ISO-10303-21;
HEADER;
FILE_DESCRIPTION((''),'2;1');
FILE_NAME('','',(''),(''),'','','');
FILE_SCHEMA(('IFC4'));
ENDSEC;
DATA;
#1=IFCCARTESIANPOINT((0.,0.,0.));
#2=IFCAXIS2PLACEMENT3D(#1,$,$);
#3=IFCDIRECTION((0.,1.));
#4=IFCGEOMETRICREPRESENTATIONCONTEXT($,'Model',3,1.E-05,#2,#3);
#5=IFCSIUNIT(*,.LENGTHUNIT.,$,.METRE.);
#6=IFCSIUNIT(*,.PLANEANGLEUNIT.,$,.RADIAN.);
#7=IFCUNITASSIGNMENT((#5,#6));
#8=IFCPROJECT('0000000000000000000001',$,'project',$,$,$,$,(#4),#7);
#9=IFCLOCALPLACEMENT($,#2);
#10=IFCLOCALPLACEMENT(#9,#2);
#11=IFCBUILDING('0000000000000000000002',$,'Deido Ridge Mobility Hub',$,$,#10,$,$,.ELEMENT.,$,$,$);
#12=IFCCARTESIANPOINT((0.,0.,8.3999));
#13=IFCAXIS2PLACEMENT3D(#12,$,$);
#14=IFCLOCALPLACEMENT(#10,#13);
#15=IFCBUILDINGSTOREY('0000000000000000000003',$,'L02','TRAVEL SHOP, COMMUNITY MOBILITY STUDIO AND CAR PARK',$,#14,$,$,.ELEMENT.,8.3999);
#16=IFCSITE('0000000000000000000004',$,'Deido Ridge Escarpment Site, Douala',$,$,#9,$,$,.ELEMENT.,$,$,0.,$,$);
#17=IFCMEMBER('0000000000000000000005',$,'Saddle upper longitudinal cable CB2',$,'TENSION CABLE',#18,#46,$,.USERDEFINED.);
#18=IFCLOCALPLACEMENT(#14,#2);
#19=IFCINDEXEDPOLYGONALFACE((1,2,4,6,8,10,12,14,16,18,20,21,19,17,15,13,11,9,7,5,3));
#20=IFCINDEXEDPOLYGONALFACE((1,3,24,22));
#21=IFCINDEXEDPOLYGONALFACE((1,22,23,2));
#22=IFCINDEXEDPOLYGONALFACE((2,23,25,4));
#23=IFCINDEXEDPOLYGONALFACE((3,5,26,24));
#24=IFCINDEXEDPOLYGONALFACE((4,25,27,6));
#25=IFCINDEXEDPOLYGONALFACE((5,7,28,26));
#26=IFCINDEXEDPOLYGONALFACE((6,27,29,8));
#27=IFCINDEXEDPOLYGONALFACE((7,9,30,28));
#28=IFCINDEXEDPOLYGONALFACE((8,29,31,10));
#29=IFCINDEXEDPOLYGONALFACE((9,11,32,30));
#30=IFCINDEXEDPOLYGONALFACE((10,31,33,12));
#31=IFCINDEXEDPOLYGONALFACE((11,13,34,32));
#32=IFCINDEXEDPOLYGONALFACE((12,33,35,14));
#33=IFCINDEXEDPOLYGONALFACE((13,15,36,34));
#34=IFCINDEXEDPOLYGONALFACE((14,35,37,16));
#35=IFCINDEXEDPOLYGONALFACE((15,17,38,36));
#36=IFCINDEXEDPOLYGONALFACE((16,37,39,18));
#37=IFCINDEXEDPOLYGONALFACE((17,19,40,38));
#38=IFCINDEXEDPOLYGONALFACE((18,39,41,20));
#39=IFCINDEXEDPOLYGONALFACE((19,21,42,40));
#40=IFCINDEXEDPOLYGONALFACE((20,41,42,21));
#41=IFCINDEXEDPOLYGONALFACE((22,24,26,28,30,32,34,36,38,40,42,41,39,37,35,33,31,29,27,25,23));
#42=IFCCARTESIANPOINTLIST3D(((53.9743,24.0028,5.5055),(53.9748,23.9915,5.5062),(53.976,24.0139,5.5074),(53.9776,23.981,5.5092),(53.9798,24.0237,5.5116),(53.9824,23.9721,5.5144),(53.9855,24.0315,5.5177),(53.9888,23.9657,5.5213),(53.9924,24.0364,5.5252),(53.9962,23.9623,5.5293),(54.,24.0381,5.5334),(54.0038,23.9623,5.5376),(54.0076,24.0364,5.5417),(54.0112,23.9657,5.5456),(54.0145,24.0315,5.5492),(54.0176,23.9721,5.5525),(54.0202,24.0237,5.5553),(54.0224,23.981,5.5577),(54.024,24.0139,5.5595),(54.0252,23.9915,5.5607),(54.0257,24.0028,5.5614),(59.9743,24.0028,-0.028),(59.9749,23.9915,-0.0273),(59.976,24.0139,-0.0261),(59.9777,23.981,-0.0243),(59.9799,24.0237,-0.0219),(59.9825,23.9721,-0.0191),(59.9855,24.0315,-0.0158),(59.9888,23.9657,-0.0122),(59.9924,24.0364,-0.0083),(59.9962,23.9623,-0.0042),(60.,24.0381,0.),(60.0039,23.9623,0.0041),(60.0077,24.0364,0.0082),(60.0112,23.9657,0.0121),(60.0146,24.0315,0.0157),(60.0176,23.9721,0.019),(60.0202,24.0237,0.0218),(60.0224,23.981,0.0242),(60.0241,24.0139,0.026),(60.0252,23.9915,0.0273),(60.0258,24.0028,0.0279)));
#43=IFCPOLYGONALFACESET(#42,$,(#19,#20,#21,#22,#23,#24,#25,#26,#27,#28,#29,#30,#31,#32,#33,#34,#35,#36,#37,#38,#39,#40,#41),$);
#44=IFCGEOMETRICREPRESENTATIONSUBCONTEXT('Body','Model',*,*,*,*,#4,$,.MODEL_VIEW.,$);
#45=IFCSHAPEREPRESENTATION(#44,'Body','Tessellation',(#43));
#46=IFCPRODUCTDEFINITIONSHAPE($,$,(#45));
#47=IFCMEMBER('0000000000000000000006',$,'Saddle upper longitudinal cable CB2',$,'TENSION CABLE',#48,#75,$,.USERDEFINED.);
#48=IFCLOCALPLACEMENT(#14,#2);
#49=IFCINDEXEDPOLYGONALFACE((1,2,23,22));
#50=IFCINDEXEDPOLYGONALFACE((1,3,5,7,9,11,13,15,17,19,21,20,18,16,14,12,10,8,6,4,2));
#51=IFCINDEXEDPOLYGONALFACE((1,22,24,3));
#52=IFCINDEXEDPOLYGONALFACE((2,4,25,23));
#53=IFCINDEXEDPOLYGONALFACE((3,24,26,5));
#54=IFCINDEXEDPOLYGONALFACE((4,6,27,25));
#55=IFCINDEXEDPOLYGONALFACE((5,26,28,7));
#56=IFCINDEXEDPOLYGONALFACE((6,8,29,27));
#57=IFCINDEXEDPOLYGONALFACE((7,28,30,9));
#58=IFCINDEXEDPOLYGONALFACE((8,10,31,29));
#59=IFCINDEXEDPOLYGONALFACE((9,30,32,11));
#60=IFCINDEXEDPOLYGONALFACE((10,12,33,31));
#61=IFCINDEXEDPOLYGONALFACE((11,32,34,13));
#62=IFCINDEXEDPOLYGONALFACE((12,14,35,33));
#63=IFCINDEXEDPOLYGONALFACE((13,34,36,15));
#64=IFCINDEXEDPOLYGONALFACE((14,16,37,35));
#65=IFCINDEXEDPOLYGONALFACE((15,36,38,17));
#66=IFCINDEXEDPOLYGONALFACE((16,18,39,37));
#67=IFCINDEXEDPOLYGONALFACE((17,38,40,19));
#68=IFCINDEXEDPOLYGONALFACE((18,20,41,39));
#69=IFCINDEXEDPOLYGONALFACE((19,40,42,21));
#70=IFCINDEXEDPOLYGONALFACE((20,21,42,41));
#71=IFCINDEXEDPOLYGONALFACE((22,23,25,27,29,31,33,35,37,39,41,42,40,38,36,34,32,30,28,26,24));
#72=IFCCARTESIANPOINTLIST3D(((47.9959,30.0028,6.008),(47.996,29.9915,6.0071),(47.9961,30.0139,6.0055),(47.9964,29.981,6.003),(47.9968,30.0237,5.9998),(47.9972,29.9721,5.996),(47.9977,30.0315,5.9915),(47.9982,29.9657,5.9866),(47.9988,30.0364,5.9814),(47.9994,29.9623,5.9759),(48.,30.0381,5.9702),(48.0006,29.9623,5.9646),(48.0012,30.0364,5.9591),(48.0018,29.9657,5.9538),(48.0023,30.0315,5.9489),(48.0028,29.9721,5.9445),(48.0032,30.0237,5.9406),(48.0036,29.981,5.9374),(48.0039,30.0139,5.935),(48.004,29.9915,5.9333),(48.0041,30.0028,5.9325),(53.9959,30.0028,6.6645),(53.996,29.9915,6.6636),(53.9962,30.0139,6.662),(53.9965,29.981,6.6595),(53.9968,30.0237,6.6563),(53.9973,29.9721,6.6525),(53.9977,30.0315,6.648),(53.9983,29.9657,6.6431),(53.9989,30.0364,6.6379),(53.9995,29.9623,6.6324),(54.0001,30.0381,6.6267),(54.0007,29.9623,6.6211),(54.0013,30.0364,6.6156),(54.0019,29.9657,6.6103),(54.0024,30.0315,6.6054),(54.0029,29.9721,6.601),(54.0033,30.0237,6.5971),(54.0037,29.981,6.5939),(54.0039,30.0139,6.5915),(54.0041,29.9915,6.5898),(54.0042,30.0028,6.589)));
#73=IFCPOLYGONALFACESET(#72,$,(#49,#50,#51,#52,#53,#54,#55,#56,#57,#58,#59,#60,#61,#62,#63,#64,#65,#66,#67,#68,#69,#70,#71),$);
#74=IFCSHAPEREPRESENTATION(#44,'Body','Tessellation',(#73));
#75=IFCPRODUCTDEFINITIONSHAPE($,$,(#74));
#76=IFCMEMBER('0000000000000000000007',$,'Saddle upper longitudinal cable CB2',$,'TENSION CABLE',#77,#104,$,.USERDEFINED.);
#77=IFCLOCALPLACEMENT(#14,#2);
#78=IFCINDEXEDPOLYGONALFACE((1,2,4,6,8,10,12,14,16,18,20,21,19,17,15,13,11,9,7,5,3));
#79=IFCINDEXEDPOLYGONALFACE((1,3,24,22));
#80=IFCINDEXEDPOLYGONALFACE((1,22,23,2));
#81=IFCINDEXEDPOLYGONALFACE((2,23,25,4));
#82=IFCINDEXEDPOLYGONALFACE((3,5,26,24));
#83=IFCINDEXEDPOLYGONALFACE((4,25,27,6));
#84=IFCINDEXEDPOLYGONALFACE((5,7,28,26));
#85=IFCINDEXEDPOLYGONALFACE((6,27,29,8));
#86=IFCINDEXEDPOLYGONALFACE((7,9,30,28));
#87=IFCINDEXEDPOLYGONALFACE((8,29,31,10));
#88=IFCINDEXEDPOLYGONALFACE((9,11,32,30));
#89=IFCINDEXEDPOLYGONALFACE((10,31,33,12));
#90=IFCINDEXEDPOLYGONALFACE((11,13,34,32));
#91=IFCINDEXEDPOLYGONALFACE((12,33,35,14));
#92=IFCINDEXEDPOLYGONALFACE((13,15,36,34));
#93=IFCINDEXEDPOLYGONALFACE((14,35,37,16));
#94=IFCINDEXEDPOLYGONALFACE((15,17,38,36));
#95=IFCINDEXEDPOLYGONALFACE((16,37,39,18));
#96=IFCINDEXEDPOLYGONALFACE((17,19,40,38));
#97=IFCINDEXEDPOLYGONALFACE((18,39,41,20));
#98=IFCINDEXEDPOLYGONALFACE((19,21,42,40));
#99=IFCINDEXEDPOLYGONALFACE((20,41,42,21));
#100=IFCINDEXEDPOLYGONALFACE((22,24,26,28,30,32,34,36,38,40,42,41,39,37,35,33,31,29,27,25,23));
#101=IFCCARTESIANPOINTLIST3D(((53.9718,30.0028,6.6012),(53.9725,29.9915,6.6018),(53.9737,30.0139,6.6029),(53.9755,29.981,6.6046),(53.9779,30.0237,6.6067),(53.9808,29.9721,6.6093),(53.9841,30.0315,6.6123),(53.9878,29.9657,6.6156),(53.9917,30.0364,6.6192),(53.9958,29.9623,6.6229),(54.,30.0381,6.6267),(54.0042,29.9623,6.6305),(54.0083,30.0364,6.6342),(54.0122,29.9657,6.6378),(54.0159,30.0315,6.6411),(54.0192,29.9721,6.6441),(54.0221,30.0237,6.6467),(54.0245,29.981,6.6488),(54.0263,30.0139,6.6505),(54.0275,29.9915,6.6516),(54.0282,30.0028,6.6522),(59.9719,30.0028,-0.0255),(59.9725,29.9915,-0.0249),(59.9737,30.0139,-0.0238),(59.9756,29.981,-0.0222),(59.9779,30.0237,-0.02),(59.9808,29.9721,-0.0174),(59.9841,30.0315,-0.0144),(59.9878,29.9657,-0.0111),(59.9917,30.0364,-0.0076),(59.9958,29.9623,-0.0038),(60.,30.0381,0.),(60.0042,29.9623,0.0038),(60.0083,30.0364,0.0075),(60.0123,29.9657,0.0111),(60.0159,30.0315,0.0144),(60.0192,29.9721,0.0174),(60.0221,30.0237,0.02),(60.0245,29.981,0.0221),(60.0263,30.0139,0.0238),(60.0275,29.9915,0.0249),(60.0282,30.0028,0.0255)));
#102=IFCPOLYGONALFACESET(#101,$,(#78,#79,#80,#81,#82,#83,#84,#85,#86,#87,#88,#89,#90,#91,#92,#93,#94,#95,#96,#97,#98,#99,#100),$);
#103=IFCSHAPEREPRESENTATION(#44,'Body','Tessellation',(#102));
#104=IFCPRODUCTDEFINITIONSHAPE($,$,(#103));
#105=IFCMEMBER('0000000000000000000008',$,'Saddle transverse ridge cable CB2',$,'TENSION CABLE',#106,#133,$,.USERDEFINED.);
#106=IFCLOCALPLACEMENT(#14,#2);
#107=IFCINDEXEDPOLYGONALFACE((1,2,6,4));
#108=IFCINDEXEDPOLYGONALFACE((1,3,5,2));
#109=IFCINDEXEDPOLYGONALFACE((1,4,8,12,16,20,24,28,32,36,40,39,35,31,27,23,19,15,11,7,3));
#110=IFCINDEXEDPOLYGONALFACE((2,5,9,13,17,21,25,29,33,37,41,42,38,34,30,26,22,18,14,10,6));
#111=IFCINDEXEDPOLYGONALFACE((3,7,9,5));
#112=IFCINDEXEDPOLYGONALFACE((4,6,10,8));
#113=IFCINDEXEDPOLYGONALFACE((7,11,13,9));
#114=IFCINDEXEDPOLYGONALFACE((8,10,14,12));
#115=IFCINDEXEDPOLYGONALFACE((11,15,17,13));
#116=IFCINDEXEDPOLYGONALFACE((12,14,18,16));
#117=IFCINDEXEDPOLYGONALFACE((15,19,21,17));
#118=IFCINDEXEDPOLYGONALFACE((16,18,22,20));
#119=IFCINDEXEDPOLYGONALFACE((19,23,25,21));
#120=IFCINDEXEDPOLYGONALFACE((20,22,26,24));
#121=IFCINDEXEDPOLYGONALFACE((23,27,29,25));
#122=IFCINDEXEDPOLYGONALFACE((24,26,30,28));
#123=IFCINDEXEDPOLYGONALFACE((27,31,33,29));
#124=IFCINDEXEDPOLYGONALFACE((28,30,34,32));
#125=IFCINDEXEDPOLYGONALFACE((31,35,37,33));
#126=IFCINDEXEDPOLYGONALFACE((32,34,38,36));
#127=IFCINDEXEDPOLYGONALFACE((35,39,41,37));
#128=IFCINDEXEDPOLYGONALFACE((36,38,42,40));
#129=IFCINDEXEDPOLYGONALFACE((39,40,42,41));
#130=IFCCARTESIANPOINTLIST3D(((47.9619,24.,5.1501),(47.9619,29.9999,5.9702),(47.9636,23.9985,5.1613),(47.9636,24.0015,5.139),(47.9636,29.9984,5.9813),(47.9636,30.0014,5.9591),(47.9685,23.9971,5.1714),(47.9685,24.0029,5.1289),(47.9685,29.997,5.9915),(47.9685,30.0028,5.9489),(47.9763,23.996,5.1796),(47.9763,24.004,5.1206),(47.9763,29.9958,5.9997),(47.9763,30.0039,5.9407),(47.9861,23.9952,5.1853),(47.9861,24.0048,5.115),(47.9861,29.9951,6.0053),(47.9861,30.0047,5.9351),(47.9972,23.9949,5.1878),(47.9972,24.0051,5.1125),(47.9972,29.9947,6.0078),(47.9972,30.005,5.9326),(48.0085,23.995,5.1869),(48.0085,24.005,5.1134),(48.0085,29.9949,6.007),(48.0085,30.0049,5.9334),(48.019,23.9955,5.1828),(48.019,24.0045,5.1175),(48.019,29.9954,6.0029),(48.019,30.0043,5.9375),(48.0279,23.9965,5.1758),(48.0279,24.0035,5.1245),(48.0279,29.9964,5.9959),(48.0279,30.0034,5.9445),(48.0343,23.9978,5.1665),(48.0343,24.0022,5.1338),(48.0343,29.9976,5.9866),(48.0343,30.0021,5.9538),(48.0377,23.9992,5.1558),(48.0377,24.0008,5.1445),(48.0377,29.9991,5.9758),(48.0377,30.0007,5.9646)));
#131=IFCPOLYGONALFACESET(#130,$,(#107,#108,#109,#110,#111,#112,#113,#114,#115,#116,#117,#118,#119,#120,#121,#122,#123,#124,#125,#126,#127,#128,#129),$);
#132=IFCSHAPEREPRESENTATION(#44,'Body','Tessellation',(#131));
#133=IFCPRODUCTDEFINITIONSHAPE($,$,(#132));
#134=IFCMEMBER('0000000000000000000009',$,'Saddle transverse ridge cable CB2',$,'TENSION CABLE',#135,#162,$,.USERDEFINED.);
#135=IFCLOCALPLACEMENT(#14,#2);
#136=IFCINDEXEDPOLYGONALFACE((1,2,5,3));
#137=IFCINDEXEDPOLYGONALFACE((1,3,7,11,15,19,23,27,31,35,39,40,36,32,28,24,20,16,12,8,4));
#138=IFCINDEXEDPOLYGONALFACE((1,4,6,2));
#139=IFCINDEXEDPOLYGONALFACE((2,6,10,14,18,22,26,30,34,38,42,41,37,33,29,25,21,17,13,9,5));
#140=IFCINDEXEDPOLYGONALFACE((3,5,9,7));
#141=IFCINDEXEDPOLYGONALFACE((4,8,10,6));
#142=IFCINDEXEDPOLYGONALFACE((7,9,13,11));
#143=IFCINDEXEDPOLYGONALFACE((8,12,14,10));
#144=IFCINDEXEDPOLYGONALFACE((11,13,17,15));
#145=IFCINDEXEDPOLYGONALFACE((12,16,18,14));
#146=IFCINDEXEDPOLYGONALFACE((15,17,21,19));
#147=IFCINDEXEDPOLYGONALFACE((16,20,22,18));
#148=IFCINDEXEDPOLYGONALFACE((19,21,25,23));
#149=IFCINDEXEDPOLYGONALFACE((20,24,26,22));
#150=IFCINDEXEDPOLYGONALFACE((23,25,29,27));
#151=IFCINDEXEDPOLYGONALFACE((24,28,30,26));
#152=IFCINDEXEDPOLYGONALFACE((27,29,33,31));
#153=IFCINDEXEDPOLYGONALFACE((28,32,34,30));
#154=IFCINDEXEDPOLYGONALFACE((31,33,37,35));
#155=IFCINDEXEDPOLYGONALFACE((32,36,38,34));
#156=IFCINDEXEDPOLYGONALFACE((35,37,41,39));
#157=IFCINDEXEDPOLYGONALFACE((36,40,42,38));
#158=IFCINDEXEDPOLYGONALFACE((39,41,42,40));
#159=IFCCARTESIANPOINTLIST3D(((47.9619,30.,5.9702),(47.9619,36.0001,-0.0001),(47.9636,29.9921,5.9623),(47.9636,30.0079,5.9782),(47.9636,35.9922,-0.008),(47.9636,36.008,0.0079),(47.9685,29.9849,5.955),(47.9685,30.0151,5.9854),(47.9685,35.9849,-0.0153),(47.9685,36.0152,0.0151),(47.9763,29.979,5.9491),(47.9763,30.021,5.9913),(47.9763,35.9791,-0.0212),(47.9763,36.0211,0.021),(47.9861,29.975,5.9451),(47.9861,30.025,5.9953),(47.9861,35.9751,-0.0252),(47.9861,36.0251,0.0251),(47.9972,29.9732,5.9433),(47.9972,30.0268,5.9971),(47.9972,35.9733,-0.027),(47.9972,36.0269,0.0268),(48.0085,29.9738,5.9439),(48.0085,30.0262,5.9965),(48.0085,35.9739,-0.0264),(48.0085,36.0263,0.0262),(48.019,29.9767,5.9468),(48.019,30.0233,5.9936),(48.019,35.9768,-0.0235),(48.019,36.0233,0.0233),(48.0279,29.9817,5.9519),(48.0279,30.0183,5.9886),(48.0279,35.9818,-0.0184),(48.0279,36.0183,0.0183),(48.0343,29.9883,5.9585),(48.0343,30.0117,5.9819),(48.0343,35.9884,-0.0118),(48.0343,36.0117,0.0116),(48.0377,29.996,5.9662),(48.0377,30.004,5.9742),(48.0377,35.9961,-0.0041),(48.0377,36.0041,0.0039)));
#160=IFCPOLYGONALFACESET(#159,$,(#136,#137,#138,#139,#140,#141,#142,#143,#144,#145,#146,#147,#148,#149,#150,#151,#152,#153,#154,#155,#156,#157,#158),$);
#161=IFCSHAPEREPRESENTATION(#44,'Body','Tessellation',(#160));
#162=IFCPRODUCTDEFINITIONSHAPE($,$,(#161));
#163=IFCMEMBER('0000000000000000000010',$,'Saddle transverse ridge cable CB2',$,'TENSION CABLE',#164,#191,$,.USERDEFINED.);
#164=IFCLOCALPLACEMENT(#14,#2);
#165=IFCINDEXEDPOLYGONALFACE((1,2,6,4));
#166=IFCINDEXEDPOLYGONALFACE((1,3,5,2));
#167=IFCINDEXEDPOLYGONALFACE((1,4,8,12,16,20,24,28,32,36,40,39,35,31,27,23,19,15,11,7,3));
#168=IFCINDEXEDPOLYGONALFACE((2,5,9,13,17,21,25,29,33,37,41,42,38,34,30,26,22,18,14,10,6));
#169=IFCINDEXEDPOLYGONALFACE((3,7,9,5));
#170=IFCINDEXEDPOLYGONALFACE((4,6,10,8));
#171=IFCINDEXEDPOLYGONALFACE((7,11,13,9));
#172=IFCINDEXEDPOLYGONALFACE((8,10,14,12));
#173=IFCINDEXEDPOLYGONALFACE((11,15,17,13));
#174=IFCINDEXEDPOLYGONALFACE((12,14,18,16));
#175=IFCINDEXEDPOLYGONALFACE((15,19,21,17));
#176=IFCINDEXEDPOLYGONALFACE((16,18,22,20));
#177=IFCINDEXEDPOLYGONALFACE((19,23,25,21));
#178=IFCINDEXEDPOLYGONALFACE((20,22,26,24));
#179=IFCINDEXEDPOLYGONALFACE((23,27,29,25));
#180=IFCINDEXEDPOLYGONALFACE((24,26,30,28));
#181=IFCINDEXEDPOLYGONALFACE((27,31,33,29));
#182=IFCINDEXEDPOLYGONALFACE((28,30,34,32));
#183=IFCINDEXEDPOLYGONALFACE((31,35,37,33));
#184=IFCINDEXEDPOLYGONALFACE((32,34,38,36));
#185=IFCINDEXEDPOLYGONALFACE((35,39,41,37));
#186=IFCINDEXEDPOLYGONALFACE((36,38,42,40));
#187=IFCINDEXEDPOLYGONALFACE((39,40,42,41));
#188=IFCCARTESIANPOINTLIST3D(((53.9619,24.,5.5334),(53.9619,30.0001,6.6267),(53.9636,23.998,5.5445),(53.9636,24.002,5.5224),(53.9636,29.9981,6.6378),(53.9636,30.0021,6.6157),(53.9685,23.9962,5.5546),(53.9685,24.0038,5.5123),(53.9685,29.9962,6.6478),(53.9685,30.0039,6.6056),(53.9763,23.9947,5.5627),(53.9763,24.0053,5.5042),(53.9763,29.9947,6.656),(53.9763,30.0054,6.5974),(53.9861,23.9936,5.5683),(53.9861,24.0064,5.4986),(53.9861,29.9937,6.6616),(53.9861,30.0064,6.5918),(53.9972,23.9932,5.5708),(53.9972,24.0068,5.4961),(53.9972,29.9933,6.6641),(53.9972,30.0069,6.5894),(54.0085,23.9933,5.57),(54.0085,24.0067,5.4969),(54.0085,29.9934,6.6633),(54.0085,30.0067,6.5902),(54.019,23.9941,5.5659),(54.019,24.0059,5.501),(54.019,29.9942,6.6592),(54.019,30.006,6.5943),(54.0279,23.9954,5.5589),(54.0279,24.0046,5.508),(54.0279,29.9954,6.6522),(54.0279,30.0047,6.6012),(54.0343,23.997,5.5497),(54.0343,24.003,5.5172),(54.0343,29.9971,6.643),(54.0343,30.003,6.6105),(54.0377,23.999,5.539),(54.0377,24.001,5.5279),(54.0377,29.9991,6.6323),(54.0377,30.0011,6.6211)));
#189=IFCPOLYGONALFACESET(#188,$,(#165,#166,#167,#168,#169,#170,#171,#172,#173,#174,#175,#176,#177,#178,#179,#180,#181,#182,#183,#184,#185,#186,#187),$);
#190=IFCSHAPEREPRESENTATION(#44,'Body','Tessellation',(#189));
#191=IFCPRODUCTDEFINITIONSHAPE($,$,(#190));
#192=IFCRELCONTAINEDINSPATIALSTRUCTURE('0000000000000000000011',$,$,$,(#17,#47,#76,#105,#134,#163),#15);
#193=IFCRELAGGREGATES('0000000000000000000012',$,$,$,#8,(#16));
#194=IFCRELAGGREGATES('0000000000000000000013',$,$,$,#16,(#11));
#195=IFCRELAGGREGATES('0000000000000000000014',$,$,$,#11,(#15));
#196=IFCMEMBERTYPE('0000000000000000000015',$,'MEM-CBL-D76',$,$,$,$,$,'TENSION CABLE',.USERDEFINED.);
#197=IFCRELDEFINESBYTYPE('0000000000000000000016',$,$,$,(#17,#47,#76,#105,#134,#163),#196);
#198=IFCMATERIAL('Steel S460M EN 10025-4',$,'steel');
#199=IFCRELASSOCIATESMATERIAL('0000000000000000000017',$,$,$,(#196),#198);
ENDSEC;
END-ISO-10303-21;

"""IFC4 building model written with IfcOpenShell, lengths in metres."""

from ifc_helpers import new_model, si_unit, direction, frame, origin, origin_2d, place, context, subcontext, project, spatial, circle, extrude, material, material_profile, profile_set, type_object, element, save


model = new_model("IFC4")

# Units and contexts
model_context = context("Model", 3, precision=1e-05, world=origin(), true_north=direction((0.0, 1.0)))
body_context = subcontext(model_context, "Body", "Model", "MODEL_VIEW")
ifc_project = project(units=[si_unit("LENGTHUNIT", "METRE"), si_unit("PLANEANGLEUNIT", "RADIAN")], contexts=[model_context])

# Site, building, storey
site_placement = place(None, origin())
site = spatial("IfcSite", under=ifc_project, at=site_placement, Name="Deido Ridge Escarpment Site, Douala", CompositionType="ELEMENT", RefElevation=0.0)
building_placement = place(site_placement, origin())
building = spatial("IfcBuilding", under=site, at=building_placement, Name="Deido Ridge Mobility Hub", CompositionType="ELEMENT")
storey_placement = place(building_placement, frame((0.0, 0.0, 8.3999)))
storey = spatial("IfcBuildingStorey", under=building, at=storey_placement, Name="L02", Description="TRAVEL SHOP, COMMUNITY MOBILITY STUDIO AND CAR PARK", CompositionType="ELEMENT", Elevation=8.3999)

# Members
ifc_material_1 = material(Name="Steel S460M EN 10025-4", Category="steel")
ifc_material_profile_1 = material_profile(ifc_material_1, circle(Radius=0.0381, at=origin_2d()), Name="CABLE D76")
ifc_profile_set_1 = profile_set([ifc_material_profile_1], Name="Steel S460M EN 10025-4")
member_type_1 = type_object("IfcMemberType", Name="MEM-CBL-D76", ElementType="TENSION CABLE", PredefinedType="USERDEFINED", material=ifc_profile_set_1)
member_1_placement = place(storey_placement, frame((54.0, 24.0, 5.5334), z_axis=(0.73511, 0.0, -0.677948), x_axis=(0.0, 1.0, 0.0)))
element("IfcMember", 1, at=member_1_placement, inside=storey, type_object=member_type_1, Name="Saddle upper longitudinal cable CB2", ObjectType="TENSION CABLE", PredefinedType="USERDEFINED", context=body_context, shape_type="SweptSolid", body=[
    extrude(circle(Radius=0.0381, at=origin_2d()), origin(), (0.0, 0.0, 1.0), 8.1621),
])
member_2_placement = place(storey_placement, frame((48.0, 30.0, 5.9702), z_axis=(0.994067, 0.0, 0.108767), x_axis=(0.0, 1.0, 0.0)))
element("IfcMember", 2, at=member_2_placement, inside=storey, type_object=member_type_1, Name="Saddle upper longitudinal cable CB2", ObjectType="TENSION CABLE", PredefinedType="USERDEFINED", context=body_context, shape_type="SweptSolid", body=[
    extrude(circle(Radius=0.0381, at=origin_2d()), origin(), (0.0, 0.0, 1.0), 6.0359),
])
member_3_placement = place(storey_placement, frame((54.0, 30.0, 6.6267), z_axis=(0.671184, 0.0, -0.741291), x_axis=(0.0, 1.0, 0.0)))
element("IfcMember", 3, at=member_3_placement, inside=storey, type_object=member_type_1, Name="Saddle upper longitudinal cable CB2", ObjectType="TENSION CABLE", PredefinedType="USERDEFINED", context=body_context, shape_type="SweptSolid", body=[
    extrude(circle(Radius=0.0381, at=origin_2d()), origin(), (0.0, 0.0, 1.0), 8.9395),
])
member_4_placement = place(storey_placement, frame((48.0, 24.0, 5.1501), z_axis=(0.0, 0.990788, 0.135419), x_axis=(-1.0, 0.0, 0.0)))
element("IfcMember", 4, at=member_4_placement, inside=storey, type_object=member_type_1, Name="Saddle transverse ridge cable CB2", ObjectType="TENSION CABLE", PredefinedType="USERDEFINED", context=body_context, shape_type="SweptSolid", body=[
    extrude(circle(Radius=0.0381, at=origin_2d()), origin(), (0.0, 0.0, 1.0), 6.0557),
])
member_5_placement = place(storey_placement, frame((48.0, 30.0, 5.9702), z_axis=(0.0, 0.708864, -0.705345), x_axis=(-1.0, 0.0, 0.0)))
element("IfcMember", 5, at=member_5_placement, inside=storey, type_object=member_type_1, Name="Saddle transverse ridge cable CB2", ObjectType="TENSION CABLE", PredefinedType="USERDEFINED", context=body_context, shape_type="SweptSolid", body=[
    extrude(circle(Radius=0.0381, at=origin_2d()), origin(), (0.0, 0.0, 1.0), 8.4644),
])
member_6_placement = place(storey_placement, frame((54.0, 24.0, 5.5334), z_axis=(0.0, 0.983802, 0.179259), x_axis=(-1.0, 0.0, 0.0)))
element("IfcMember", 6, at=member_6_placement, inside=storey, type_object=member_type_1, Name="Saddle transverse ridge cable CB2", ObjectType="TENSION CABLE", PredefinedType="USERDEFINED", context=body_context, shape_type="SweptSolid", body=[
    extrude(circle(Radius=0.0381, at=origin_2d()), origin(), (0.0, 0.0, 1.0), 6.0989),
])

save(model, "model.ifc")
